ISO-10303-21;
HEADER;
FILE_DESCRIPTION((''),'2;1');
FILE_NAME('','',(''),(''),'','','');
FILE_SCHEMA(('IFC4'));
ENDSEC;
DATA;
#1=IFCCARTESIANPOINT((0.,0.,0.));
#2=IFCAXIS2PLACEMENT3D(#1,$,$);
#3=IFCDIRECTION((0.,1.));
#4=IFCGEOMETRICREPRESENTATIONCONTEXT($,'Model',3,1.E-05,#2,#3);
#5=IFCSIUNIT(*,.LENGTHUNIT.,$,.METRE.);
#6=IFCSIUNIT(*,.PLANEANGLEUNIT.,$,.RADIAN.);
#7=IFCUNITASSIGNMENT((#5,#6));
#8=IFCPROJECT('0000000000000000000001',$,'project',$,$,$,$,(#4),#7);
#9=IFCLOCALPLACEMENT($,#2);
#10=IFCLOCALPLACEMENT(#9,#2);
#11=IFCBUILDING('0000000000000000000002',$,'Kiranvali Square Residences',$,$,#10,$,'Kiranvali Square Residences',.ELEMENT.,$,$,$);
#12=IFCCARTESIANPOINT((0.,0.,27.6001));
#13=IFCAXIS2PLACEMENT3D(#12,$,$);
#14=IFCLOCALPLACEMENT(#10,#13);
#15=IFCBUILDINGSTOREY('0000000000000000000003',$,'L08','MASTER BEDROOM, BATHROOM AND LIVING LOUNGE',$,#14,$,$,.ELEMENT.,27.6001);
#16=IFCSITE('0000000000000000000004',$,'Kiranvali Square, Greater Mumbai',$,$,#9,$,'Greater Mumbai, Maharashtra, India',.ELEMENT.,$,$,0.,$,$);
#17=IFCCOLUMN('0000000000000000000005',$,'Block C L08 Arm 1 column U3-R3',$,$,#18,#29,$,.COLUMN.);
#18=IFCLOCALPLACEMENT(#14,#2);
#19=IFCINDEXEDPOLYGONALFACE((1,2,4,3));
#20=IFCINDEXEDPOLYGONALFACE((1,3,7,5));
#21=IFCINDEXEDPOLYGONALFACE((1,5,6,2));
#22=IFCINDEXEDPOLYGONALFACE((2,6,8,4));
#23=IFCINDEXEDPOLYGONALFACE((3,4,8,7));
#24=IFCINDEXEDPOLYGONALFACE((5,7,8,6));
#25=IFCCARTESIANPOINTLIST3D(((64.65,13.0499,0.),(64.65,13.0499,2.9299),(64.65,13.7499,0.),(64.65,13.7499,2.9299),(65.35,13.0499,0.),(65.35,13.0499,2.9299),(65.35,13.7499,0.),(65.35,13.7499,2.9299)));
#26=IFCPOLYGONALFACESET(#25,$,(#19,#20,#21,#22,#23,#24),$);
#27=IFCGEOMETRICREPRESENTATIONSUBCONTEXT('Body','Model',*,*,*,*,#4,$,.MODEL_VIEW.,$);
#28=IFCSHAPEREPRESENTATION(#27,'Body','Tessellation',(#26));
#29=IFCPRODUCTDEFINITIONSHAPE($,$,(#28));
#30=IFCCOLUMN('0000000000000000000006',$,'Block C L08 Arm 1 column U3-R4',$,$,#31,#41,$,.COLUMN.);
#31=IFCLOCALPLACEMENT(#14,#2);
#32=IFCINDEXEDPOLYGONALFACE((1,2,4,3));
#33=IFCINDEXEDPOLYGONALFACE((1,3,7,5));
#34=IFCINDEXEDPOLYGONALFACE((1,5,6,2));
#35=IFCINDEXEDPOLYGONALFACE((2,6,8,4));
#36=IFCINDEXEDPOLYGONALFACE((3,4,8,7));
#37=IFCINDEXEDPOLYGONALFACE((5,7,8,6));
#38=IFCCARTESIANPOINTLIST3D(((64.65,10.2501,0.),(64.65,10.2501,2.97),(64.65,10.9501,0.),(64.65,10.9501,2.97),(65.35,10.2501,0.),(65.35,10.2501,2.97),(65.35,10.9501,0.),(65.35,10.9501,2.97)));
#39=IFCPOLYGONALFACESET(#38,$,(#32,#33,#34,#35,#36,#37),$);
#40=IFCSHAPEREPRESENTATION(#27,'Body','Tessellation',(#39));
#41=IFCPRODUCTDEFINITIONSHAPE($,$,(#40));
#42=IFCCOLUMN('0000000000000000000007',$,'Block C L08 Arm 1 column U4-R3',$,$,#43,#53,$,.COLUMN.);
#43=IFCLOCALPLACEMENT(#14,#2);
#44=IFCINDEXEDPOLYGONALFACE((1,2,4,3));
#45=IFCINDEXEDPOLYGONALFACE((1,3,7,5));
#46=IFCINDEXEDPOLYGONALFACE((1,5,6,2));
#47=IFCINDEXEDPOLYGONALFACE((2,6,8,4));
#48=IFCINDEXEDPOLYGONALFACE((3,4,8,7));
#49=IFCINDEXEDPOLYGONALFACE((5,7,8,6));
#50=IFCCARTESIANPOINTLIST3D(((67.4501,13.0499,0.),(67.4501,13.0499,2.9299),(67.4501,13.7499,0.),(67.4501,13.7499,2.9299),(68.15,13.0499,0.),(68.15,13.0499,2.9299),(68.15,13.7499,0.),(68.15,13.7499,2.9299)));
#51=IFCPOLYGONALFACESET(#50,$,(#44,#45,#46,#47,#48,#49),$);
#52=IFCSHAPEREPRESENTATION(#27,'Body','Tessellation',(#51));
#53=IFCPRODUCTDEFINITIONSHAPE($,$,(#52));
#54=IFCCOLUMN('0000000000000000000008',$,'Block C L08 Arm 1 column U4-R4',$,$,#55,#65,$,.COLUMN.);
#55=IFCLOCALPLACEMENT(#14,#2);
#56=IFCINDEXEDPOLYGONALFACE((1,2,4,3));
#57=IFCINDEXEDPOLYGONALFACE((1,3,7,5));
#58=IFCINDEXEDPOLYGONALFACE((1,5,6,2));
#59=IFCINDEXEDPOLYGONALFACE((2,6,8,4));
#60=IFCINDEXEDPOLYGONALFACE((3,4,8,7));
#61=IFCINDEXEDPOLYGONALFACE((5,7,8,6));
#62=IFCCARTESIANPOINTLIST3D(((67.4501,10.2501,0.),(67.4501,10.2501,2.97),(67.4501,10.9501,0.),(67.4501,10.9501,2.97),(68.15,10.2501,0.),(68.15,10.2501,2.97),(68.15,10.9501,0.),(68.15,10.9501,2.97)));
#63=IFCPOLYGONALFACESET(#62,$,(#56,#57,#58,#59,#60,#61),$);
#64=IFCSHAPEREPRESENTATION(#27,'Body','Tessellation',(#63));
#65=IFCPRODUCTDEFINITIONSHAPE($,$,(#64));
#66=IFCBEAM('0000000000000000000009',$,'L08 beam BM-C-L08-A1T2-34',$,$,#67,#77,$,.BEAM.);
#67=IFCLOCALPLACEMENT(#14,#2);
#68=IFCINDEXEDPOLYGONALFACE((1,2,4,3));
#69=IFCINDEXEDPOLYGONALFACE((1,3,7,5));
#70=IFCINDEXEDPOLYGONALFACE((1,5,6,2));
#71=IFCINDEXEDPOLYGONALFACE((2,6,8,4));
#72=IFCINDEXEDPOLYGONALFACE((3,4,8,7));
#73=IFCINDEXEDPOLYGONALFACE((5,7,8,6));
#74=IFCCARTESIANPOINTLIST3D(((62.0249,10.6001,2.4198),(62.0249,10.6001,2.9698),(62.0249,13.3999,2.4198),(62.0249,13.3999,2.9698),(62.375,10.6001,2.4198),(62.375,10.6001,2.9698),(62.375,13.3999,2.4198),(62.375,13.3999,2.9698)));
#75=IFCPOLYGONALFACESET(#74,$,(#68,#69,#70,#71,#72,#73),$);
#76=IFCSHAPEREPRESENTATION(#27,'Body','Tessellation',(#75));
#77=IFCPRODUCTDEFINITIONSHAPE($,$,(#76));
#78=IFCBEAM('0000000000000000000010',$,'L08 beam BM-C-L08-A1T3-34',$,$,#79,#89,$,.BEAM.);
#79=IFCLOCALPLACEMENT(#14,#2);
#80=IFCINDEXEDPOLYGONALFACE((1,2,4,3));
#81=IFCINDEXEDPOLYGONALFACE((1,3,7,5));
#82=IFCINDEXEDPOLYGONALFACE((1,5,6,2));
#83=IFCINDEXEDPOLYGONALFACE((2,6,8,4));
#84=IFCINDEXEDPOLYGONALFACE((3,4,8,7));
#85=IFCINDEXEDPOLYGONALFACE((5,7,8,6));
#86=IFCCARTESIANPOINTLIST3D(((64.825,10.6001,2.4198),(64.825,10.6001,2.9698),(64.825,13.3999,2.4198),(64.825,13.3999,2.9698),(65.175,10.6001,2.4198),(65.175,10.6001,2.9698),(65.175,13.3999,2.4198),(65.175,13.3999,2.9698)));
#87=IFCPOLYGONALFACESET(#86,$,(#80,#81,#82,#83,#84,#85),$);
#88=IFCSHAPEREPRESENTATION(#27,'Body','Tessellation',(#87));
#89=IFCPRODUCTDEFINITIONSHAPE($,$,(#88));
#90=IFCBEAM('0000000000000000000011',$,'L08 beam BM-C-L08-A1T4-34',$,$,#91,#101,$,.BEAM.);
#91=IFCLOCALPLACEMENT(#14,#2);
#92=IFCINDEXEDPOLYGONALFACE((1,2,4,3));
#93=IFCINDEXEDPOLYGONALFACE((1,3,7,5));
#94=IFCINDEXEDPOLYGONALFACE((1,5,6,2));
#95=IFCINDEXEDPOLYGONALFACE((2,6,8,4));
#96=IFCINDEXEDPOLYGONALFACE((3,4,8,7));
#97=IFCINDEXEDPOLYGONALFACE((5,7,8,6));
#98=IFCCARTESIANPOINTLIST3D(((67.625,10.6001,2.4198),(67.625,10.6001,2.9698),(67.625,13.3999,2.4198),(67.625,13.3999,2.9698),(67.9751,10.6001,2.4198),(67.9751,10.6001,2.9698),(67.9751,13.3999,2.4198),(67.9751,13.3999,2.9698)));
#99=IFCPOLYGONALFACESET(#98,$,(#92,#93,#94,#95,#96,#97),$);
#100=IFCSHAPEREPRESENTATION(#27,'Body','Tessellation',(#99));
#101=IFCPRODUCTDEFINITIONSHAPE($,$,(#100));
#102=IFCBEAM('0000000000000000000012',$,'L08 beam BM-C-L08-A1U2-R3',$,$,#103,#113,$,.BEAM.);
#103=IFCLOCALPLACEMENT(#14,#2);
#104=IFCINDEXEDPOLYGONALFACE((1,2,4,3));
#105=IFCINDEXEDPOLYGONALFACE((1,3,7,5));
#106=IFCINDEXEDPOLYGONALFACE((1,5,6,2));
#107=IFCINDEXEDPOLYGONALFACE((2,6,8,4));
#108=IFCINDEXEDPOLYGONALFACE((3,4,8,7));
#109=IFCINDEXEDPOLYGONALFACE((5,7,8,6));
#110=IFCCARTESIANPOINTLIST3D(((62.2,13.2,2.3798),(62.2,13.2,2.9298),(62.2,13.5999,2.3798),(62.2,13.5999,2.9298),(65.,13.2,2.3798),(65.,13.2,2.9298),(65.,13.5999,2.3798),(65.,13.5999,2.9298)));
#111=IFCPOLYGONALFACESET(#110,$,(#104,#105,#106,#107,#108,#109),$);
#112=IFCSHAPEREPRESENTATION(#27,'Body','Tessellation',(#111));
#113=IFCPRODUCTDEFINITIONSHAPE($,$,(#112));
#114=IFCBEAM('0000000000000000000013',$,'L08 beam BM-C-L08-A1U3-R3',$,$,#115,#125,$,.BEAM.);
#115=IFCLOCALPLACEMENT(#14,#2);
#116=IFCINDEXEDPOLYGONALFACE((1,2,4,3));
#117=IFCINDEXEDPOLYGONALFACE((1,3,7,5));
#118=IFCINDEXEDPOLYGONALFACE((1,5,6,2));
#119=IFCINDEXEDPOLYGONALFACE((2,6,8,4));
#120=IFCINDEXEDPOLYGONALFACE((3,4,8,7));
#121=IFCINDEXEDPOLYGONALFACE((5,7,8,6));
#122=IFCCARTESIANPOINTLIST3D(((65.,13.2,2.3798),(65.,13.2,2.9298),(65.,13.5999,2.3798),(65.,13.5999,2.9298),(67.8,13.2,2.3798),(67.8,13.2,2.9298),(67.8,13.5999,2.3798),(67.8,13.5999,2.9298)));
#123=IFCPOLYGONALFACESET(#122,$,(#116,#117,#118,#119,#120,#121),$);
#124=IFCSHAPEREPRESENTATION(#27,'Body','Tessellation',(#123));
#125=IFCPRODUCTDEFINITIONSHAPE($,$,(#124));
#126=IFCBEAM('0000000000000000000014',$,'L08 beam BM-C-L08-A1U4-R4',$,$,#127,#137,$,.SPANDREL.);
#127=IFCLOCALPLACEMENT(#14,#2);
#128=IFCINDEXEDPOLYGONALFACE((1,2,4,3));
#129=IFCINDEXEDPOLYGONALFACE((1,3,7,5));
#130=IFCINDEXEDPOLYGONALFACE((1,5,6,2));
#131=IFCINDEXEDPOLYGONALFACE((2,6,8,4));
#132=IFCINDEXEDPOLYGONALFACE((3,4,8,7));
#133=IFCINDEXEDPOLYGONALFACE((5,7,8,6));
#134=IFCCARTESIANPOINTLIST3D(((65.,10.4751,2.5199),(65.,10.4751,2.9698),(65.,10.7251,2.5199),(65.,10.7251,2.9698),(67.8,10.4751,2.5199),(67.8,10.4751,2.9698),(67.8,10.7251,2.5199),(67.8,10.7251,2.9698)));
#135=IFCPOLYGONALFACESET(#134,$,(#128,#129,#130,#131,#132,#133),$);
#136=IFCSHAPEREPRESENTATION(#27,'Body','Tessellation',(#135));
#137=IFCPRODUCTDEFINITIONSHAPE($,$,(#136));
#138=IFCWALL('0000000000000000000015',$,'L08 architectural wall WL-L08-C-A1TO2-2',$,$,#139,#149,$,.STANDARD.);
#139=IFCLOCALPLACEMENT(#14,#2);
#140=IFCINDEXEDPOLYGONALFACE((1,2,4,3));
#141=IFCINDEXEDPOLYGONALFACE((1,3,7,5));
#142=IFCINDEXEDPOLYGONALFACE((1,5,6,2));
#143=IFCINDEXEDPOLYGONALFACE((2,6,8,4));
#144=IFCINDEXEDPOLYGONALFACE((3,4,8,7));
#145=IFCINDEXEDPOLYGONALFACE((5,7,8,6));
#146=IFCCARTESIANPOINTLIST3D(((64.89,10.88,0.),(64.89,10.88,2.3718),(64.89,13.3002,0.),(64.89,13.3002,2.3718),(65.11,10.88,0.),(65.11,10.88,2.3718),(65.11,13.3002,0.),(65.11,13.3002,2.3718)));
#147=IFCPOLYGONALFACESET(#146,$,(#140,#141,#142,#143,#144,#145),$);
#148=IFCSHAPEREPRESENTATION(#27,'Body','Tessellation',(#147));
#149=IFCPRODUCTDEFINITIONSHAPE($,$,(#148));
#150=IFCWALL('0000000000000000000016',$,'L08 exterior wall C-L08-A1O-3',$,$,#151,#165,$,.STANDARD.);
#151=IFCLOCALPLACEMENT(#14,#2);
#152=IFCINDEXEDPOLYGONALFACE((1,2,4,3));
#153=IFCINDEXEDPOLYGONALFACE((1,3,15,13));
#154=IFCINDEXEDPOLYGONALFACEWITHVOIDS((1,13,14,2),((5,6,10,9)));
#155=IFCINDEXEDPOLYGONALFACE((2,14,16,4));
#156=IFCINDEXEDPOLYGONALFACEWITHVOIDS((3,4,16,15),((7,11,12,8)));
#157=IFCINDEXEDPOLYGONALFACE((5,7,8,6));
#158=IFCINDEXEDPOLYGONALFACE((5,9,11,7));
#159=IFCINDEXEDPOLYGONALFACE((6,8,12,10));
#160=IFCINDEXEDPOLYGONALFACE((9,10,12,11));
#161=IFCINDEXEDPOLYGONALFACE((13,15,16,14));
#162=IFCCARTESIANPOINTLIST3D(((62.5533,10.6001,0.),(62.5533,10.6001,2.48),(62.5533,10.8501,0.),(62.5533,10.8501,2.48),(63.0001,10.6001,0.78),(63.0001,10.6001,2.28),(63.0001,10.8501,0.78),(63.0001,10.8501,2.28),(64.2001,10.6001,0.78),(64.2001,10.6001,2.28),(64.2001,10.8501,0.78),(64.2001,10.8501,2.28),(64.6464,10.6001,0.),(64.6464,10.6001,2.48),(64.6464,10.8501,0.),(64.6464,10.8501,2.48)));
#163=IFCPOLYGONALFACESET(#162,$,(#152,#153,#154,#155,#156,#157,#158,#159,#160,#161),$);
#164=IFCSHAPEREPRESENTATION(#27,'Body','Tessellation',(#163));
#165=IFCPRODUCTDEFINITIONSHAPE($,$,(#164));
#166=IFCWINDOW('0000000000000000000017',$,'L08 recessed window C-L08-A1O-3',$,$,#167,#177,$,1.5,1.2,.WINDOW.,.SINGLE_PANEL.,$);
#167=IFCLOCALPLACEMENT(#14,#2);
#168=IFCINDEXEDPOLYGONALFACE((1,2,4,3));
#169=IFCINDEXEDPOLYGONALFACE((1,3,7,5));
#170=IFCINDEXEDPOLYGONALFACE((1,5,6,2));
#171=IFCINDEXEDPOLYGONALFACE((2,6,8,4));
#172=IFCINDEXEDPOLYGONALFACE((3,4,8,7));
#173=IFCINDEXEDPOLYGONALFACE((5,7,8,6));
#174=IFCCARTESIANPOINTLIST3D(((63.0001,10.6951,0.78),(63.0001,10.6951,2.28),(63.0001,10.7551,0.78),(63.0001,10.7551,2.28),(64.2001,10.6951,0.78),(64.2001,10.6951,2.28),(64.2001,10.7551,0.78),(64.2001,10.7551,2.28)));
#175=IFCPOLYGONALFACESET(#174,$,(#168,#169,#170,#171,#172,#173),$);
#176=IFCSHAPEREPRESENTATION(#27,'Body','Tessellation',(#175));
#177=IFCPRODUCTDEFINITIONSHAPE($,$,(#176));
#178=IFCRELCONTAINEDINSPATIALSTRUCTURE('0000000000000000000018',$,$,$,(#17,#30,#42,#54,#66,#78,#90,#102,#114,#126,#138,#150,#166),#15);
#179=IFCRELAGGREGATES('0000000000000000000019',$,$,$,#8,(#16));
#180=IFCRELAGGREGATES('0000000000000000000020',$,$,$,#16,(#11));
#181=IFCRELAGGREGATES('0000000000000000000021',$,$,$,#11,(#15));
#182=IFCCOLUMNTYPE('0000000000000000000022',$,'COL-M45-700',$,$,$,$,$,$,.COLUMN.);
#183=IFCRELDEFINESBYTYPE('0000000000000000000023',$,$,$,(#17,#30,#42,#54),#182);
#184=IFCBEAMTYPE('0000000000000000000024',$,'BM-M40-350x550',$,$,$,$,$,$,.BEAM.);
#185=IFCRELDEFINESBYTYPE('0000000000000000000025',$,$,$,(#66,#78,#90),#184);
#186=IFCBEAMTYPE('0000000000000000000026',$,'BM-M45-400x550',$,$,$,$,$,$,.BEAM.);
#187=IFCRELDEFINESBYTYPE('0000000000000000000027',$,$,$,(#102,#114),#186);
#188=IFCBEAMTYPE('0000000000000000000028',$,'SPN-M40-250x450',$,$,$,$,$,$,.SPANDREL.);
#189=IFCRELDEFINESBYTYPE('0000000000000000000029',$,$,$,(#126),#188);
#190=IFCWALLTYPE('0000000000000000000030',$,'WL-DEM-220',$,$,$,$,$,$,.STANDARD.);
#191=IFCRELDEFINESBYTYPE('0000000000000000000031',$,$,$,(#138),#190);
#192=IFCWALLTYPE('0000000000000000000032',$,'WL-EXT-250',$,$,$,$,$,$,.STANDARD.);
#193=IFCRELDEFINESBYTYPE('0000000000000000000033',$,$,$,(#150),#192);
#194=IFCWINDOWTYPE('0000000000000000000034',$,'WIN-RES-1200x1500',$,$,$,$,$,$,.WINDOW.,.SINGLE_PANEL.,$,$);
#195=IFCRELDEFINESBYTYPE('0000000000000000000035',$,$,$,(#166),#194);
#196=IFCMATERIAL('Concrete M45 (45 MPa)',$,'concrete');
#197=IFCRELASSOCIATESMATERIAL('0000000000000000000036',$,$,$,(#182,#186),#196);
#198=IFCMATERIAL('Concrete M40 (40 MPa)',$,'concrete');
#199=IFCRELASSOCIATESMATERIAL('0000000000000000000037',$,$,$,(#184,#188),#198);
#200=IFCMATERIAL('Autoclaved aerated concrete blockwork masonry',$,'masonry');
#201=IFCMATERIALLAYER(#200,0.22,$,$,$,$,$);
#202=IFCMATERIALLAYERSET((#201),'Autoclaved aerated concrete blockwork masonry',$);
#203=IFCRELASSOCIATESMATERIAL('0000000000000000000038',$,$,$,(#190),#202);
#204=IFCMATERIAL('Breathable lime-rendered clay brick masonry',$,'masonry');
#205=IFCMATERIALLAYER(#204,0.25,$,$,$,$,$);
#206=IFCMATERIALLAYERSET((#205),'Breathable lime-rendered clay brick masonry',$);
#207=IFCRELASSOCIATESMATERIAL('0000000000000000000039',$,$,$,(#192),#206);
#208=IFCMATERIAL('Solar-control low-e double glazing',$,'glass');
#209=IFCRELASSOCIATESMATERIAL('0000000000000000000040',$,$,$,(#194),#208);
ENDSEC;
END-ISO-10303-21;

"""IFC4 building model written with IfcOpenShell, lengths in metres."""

from ifc_helpers import new_model, si_unit, direction, frame, frame_2d, origin, origin_2d, place, context, subcontext, project, spatial, rectangle, extrude, material, layer, layer_set, material_profile, profile_set, type_object, element, fill, save


model = new_model("IFC4")

# Units and contexts
model_context = context("Model", 3, precision=1e-05, world=origin(), true_north=direction((0.0, 1.0)))
body_context = subcontext(model_context, "Body", "Model", "MODEL_VIEW")
ifc_project = project(units=[si_unit("LENGTHUNIT", "METRE"), si_unit("PLANEANGLEUNIT", "RADIAN")], contexts=[model_context])

# Site, building, storey
site_placement = place(None, origin())
site = spatial("IfcSite", under=ifc_project, at=site_placement, Name="Kiranvali Square, Greater Mumbai", LongName="Greater Mumbai, Maharashtra, India", CompositionType="ELEMENT", RefElevation=0.0)
building_placement = place(site_placement, origin())
building = spatial("IfcBuilding", under=site, at=building_placement, Name="Kiranvali Square Residences", LongName="Kiranvali Square Residences", CompositionType="ELEMENT")
storey_placement = place(building_placement, frame((0.0, 0.0, 27.6001)))
storey = spatial("IfcBuildingStorey", under=building, at=storey_placement, Name="L08", Description="MASTER BEDROOM, BATHROOM AND LIVING LOUNGE", CompositionType="ELEMENT", Elevation=27.6001)

# Columns
ifc_material_1 = material(Name="Concrete M45 (45 MPa)", Category="concrete")
ifc_material_profile_1 = material_profile(ifc_material_1, rectangle(XDim=0.7, YDim=0.7, at=origin_2d()), Name="RC 700x700")
ifc_profile_set_1 = profile_set([ifc_material_profile_1], Name="Concrete M45 (45 MPa)")
column_type = type_object("IfcColumnType", Name="COL-M45-700", PredefinedType="COLUMN", material=ifc_profile_set_1)
column_1_placement = place(storey_placement, frame((65.0, 13.3999, 0.0), z_axis=(0.0, 0.0, 1.0), x_axis=(1.0, 0.0, 0.0)))
element("IfcColumn", 1, at=column_1_placement, inside=storey, type_object=column_type, Name="Block C L08 Arm 1 column U3-R3", PredefinedType="COLUMN", context=body_context, shape_type="SweptSolid", body=[
    extrude(rectangle(XDim=0.7, YDim=0.7, at=origin_2d()), origin(), (0.0, 0.0, 1.0), 2.9299),
])
column_2_placement = place(storey_placement, frame((65.0, 10.6001, 0.0), z_axis=(0.0, 0.0, 1.0), x_axis=(1.0, 0.0, 0.0)))
element("IfcColumn", 2, at=column_2_placement, inside=storey, type_object=column_type, Name="Block C L08 Arm 1 column U3-R4", PredefinedType="COLUMN", context=body_context, shape_type="SweptSolid", body=[
    extrude(rectangle(XDim=0.7, YDim=0.7, at=origin_2d()), origin(), (0.0, 0.0, 1.0), 2.97),
])
column_3_placement = place(storey_placement, frame((67.8, 13.3999, 0.0), z_axis=(0.0, 0.0, 1.0), x_axis=(1.0, 0.0, 0.0)))
element("IfcColumn", 3, at=column_3_placement, inside=storey, type_object=column_type, Name="Block C L08 Arm 1 column U4-R3", PredefinedType="COLUMN", context=body_context, shape_type="SweptSolid", body=[
    extrude(rectangle(XDim=0.7, YDim=0.7, at=origin_2d()), origin(), (0.0, 0.0, 1.0), 2.9299),
])
column_4_placement = place(storey_placement, frame((67.8, 10.6001, 0.0), z_axis=(0.0, 0.0, 1.0), x_axis=(1.0, 0.0, 0.0)))
element("IfcColumn", 4, at=column_4_placement, inside=storey, type_object=column_type, Name="Block C L08 Arm 1 column U4-R4", PredefinedType="COLUMN", context=body_context, shape_type="SweptSolid", body=[
    extrude(rectangle(XDim=0.7, YDim=0.7, at=origin_2d()), origin(), (0.0, 0.0, 1.0), 2.97),
])

# Beams
ifc_material_2 = material(Name="Concrete M40 (40 MPa)", Category="concrete")
ifc_material_profile_2 = material_profile(ifc_material_2, rectangle(XDim=0.3501, YDim=0.55, at=origin_2d()), Name="RC 350x550")
ifc_profile_set_2 = profile_set([ifc_material_profile_2], Name="Concrete M40 (40 MPa)")
beam_type_1 = type_object("IfcBeamType", Name="BM-M40-350x550", PredefinedType="BEAM", material=ifc_profile_set_2)
for number, where, z_axis, x_axis, name in (
    (5, (62.2, 13.3999, 2.6948), (0.0, -1.0, 0.0), (1.0, 0.0, 0.0), "L08 beam BM-C-L08-A1T2-34"),
    (6, (65.0, 13.3999, 2.6948), (0.0, -1.0, 0.0), (1.0, 0.0, 0.0), "L08 beam BM-C-L08-A1T3-34"),
    (7, (67.8, 13.3999, 2.6948), (0.0, -1.0, 0.0), (1.0, 0.0, 0.0), "L08 beam BM-C-L08-A1T4-34"),
):
    element("IfcBeam", number, at=place(storey_placement, frame(where, z_axis=z_axis, x_axis=x_axis)), inside=storey, type_object=beam_type_1, Name=name, PredefinedType="BEAM", context=body_context, shape_type="SweptSolid", body=[
        extrude(rectangle(XDim=0.3501, YDim=0.55, at=origin_2d()), origin(), (0.0, 0.0, 1.0), 2.7998),
    ])
ifc_material_profile_3 = material_profile(ifc_material_1, rectangle(XDim=0.3999, YDim=0.55, at=origin_2d()), Name="RC 400x550")
ifc_profile_set_3 = profile_set([ifc_material_profile_3], Name="Concrete M45 (45 MPa)")
beam_type_2 = type_object("IfcBeamType", Name="BM-M45-400x550", PredefinedType="BEAM", material=ifc_profile_set_3)
for number, where, z_axis, x_axis, name in (
    (8, (62.2, 13.3999, 2.6548), (1.0, 0.0, 0.0), (0.0, 1.0, 0.0), "L08 beam BM-C-L08-A1U2-R3"),
    (9, (65.0, 13.3999, 2.6548), (1.0, 0.0, 0.0), (0.0, 1.0, 0.0), "L08 beam BM-C-L08-A1U3-R3"),
):
    element("IfcBeam", number, at=place(storey_placement, frame(where, z_axis=z_axis, x_axis=x_axis)), inside=storey, type_object=beam_type_2, Name=name, PredefinedType="BEAM", context=body_context, shape_type="SweptSolid", body=[
        extrude(rectangle(XDim=0.3999, YDim=0.55, at=origin_2d()), origin(), (0.0, 0.0, 1.0), 2.8),
    ])
ifc_material_profile_4 = material_profile(ifc_material_2, rectangle(XDim=0.25, YDim=0.45, at=origin_2d()), Name="RC 250x450")
ifc_profile_set_4 = profile_set([ifc_material_profile_4], Name="Concrete M40 (40 MPa)")
beam_type_3 = type_object("IfcBeamType", Name="SPN-M40-250x450", PredefinedType="SPANDREL", material=ifc_profile_set_4)
beam_placement = place(storey_placement, frame((65.0, 10.6001, 2.7449), z_axis=(1.0, 0.0, 0.0), x_axis=(0.0, 1.0, 0.0)))
element("IfcBeam", 10, at=beam_placement, inside=storey, type_object=beam_type_3, Name="L08 beam BM-C-L08-A1U4-R4", PredefinedType="SPANDREL", context=body_context, shape_type="SweptSolid", body=[
    extrude(rectangle(XDim=0.25, YDim=0.45, at=origin_2d()), origin(), (0.0, 0.0, 1.0), 2.8),
])

# Wall
ifc_material_3 = material(Name="Autoclaved aerated concrete blockwork masonry", Category="masonry")
ifc_layer_1 = layer(ifc_material_3, 0.22)
ifc_layer_set_1 = layer_set([ifc_layer_1], Name="Autoclaved aerated concrete blockwork masonry")
wall_type_1 = type_object("IfcWallType", Name="WL-DEM-220", PredefinedType="STANDARD", material=ifc_layer_set_1)
wall_1_placement = place(storey_placement, frame((65.0, 13.3, 0.0), z_axis=(0.0, 0.0, 1.0), x_axis=(0.0, -1.0, 0.0)))
element("IfcWall", 11, at=wall_1_placement, inside=storey, type_object=wall_type_1, Name="L08 architectural wall WL-L08-C-A1TO2-2", PredefinedType="STANDARD", context=body_context, shape_type="SweptSolid", body=[
    extrude(rectangle(XDim=2.4202, YDim=0.22, at=frame_2d((1.21, 0.0))), origin(), (0.0, 0.0, 1.0), 2.3718),
])

# Wall, opening, window
ifc_material_4 = material(Name="Breathable lime-rendered clay brick masonry", Category="masonry")
ifc_layer_2 = layer(ifc_material_4, 0.25)
ifc_layer_set_2 = layer_set([ifc_layer_2], Name="Breathable lime-rendered clay brick masonry")
wall_type_2 = type_object("IfcWallType", Name="WL-EXT-250", PredefinedType="STANDARD", material=ifc_layer_set_2)
wall_2_placement = place(storey_placement, frame((62.5535, 10.7251, 0.0), z_axis=(0.0, 0.0, 1.0), x_axis=(1.0, 0.0, 0.0)))
wall_2 = element("IfcWall", 12, at=wall_2_placement, inside=storey, type_object=wall_type_2, Name="L08 exterior wall C-L08-A1O-3", PredefinedType="STANDARD", context=body_context, shape_type="SweptSolid", body=[
    extrude(rectangle(XDim=2.093, YDim=0.25, at=frame_2d((1.0464, 0.0))), origin(), (0.0, 0.0, 1.0), 2.48),
])
opening_1_placement = place(wall_2_placement, frame((0.4465, 0.0, 0.78)))
opening_1 = element("IfcOpeningElement", 13, at=opening_1_placement, cuts=wall_2, PredefinedType="OPENING", context=body_context, shape_type="SweptSolid", body=[
    extrude(rectangle(XDim=1.2, YDim=1.5, at=frame_2d((0.6001, 0.75))), frame((0.0, 0.135, 0.0), z_axis=(0.0, -1.0, 0.0), x_axis=(1.0, 0.0, 0.0)), (0.0, 0.0, 1.0), 0.27),
])
ifc_material_5 = material(Name="Solar-control low-e double glazing", Category="glass")
window_type = type_object("IfcWindowType", Name="WIN-RES-1200x1500", PartitioningType="SINGLE_PANEL", PredefinedType="WINDOW", material=ifc_material_5)
window_1_placement = place(opening_1_placement, origin())
window_1 = element("IfcWindow", 14, at=window_1_placement, inside=storey, type_object=window_type, Name="L08 recessed window C-L08-A1O-3", OverallHeight=1.5, OverallWidth=1.2, PartitioningType="SINGLE_PANEL", PredefinedType="WINDOW", context=body_context, shape_type="SweptSolid", body=[
    extrude(rectangle(XDim=1.2, YDim=1.5, at=frame_2d((0.6001, 0.75))), frame((0.0, 0.03, 0.0), z_axis=(0.0, -1.0, 0.0), x_axis=(1.0, 0.0, 0.0)), (0.0, 0.0, 1.0), 0.0601),
])
fill(opening_1, window_1)

save(model, "model.ifc")
